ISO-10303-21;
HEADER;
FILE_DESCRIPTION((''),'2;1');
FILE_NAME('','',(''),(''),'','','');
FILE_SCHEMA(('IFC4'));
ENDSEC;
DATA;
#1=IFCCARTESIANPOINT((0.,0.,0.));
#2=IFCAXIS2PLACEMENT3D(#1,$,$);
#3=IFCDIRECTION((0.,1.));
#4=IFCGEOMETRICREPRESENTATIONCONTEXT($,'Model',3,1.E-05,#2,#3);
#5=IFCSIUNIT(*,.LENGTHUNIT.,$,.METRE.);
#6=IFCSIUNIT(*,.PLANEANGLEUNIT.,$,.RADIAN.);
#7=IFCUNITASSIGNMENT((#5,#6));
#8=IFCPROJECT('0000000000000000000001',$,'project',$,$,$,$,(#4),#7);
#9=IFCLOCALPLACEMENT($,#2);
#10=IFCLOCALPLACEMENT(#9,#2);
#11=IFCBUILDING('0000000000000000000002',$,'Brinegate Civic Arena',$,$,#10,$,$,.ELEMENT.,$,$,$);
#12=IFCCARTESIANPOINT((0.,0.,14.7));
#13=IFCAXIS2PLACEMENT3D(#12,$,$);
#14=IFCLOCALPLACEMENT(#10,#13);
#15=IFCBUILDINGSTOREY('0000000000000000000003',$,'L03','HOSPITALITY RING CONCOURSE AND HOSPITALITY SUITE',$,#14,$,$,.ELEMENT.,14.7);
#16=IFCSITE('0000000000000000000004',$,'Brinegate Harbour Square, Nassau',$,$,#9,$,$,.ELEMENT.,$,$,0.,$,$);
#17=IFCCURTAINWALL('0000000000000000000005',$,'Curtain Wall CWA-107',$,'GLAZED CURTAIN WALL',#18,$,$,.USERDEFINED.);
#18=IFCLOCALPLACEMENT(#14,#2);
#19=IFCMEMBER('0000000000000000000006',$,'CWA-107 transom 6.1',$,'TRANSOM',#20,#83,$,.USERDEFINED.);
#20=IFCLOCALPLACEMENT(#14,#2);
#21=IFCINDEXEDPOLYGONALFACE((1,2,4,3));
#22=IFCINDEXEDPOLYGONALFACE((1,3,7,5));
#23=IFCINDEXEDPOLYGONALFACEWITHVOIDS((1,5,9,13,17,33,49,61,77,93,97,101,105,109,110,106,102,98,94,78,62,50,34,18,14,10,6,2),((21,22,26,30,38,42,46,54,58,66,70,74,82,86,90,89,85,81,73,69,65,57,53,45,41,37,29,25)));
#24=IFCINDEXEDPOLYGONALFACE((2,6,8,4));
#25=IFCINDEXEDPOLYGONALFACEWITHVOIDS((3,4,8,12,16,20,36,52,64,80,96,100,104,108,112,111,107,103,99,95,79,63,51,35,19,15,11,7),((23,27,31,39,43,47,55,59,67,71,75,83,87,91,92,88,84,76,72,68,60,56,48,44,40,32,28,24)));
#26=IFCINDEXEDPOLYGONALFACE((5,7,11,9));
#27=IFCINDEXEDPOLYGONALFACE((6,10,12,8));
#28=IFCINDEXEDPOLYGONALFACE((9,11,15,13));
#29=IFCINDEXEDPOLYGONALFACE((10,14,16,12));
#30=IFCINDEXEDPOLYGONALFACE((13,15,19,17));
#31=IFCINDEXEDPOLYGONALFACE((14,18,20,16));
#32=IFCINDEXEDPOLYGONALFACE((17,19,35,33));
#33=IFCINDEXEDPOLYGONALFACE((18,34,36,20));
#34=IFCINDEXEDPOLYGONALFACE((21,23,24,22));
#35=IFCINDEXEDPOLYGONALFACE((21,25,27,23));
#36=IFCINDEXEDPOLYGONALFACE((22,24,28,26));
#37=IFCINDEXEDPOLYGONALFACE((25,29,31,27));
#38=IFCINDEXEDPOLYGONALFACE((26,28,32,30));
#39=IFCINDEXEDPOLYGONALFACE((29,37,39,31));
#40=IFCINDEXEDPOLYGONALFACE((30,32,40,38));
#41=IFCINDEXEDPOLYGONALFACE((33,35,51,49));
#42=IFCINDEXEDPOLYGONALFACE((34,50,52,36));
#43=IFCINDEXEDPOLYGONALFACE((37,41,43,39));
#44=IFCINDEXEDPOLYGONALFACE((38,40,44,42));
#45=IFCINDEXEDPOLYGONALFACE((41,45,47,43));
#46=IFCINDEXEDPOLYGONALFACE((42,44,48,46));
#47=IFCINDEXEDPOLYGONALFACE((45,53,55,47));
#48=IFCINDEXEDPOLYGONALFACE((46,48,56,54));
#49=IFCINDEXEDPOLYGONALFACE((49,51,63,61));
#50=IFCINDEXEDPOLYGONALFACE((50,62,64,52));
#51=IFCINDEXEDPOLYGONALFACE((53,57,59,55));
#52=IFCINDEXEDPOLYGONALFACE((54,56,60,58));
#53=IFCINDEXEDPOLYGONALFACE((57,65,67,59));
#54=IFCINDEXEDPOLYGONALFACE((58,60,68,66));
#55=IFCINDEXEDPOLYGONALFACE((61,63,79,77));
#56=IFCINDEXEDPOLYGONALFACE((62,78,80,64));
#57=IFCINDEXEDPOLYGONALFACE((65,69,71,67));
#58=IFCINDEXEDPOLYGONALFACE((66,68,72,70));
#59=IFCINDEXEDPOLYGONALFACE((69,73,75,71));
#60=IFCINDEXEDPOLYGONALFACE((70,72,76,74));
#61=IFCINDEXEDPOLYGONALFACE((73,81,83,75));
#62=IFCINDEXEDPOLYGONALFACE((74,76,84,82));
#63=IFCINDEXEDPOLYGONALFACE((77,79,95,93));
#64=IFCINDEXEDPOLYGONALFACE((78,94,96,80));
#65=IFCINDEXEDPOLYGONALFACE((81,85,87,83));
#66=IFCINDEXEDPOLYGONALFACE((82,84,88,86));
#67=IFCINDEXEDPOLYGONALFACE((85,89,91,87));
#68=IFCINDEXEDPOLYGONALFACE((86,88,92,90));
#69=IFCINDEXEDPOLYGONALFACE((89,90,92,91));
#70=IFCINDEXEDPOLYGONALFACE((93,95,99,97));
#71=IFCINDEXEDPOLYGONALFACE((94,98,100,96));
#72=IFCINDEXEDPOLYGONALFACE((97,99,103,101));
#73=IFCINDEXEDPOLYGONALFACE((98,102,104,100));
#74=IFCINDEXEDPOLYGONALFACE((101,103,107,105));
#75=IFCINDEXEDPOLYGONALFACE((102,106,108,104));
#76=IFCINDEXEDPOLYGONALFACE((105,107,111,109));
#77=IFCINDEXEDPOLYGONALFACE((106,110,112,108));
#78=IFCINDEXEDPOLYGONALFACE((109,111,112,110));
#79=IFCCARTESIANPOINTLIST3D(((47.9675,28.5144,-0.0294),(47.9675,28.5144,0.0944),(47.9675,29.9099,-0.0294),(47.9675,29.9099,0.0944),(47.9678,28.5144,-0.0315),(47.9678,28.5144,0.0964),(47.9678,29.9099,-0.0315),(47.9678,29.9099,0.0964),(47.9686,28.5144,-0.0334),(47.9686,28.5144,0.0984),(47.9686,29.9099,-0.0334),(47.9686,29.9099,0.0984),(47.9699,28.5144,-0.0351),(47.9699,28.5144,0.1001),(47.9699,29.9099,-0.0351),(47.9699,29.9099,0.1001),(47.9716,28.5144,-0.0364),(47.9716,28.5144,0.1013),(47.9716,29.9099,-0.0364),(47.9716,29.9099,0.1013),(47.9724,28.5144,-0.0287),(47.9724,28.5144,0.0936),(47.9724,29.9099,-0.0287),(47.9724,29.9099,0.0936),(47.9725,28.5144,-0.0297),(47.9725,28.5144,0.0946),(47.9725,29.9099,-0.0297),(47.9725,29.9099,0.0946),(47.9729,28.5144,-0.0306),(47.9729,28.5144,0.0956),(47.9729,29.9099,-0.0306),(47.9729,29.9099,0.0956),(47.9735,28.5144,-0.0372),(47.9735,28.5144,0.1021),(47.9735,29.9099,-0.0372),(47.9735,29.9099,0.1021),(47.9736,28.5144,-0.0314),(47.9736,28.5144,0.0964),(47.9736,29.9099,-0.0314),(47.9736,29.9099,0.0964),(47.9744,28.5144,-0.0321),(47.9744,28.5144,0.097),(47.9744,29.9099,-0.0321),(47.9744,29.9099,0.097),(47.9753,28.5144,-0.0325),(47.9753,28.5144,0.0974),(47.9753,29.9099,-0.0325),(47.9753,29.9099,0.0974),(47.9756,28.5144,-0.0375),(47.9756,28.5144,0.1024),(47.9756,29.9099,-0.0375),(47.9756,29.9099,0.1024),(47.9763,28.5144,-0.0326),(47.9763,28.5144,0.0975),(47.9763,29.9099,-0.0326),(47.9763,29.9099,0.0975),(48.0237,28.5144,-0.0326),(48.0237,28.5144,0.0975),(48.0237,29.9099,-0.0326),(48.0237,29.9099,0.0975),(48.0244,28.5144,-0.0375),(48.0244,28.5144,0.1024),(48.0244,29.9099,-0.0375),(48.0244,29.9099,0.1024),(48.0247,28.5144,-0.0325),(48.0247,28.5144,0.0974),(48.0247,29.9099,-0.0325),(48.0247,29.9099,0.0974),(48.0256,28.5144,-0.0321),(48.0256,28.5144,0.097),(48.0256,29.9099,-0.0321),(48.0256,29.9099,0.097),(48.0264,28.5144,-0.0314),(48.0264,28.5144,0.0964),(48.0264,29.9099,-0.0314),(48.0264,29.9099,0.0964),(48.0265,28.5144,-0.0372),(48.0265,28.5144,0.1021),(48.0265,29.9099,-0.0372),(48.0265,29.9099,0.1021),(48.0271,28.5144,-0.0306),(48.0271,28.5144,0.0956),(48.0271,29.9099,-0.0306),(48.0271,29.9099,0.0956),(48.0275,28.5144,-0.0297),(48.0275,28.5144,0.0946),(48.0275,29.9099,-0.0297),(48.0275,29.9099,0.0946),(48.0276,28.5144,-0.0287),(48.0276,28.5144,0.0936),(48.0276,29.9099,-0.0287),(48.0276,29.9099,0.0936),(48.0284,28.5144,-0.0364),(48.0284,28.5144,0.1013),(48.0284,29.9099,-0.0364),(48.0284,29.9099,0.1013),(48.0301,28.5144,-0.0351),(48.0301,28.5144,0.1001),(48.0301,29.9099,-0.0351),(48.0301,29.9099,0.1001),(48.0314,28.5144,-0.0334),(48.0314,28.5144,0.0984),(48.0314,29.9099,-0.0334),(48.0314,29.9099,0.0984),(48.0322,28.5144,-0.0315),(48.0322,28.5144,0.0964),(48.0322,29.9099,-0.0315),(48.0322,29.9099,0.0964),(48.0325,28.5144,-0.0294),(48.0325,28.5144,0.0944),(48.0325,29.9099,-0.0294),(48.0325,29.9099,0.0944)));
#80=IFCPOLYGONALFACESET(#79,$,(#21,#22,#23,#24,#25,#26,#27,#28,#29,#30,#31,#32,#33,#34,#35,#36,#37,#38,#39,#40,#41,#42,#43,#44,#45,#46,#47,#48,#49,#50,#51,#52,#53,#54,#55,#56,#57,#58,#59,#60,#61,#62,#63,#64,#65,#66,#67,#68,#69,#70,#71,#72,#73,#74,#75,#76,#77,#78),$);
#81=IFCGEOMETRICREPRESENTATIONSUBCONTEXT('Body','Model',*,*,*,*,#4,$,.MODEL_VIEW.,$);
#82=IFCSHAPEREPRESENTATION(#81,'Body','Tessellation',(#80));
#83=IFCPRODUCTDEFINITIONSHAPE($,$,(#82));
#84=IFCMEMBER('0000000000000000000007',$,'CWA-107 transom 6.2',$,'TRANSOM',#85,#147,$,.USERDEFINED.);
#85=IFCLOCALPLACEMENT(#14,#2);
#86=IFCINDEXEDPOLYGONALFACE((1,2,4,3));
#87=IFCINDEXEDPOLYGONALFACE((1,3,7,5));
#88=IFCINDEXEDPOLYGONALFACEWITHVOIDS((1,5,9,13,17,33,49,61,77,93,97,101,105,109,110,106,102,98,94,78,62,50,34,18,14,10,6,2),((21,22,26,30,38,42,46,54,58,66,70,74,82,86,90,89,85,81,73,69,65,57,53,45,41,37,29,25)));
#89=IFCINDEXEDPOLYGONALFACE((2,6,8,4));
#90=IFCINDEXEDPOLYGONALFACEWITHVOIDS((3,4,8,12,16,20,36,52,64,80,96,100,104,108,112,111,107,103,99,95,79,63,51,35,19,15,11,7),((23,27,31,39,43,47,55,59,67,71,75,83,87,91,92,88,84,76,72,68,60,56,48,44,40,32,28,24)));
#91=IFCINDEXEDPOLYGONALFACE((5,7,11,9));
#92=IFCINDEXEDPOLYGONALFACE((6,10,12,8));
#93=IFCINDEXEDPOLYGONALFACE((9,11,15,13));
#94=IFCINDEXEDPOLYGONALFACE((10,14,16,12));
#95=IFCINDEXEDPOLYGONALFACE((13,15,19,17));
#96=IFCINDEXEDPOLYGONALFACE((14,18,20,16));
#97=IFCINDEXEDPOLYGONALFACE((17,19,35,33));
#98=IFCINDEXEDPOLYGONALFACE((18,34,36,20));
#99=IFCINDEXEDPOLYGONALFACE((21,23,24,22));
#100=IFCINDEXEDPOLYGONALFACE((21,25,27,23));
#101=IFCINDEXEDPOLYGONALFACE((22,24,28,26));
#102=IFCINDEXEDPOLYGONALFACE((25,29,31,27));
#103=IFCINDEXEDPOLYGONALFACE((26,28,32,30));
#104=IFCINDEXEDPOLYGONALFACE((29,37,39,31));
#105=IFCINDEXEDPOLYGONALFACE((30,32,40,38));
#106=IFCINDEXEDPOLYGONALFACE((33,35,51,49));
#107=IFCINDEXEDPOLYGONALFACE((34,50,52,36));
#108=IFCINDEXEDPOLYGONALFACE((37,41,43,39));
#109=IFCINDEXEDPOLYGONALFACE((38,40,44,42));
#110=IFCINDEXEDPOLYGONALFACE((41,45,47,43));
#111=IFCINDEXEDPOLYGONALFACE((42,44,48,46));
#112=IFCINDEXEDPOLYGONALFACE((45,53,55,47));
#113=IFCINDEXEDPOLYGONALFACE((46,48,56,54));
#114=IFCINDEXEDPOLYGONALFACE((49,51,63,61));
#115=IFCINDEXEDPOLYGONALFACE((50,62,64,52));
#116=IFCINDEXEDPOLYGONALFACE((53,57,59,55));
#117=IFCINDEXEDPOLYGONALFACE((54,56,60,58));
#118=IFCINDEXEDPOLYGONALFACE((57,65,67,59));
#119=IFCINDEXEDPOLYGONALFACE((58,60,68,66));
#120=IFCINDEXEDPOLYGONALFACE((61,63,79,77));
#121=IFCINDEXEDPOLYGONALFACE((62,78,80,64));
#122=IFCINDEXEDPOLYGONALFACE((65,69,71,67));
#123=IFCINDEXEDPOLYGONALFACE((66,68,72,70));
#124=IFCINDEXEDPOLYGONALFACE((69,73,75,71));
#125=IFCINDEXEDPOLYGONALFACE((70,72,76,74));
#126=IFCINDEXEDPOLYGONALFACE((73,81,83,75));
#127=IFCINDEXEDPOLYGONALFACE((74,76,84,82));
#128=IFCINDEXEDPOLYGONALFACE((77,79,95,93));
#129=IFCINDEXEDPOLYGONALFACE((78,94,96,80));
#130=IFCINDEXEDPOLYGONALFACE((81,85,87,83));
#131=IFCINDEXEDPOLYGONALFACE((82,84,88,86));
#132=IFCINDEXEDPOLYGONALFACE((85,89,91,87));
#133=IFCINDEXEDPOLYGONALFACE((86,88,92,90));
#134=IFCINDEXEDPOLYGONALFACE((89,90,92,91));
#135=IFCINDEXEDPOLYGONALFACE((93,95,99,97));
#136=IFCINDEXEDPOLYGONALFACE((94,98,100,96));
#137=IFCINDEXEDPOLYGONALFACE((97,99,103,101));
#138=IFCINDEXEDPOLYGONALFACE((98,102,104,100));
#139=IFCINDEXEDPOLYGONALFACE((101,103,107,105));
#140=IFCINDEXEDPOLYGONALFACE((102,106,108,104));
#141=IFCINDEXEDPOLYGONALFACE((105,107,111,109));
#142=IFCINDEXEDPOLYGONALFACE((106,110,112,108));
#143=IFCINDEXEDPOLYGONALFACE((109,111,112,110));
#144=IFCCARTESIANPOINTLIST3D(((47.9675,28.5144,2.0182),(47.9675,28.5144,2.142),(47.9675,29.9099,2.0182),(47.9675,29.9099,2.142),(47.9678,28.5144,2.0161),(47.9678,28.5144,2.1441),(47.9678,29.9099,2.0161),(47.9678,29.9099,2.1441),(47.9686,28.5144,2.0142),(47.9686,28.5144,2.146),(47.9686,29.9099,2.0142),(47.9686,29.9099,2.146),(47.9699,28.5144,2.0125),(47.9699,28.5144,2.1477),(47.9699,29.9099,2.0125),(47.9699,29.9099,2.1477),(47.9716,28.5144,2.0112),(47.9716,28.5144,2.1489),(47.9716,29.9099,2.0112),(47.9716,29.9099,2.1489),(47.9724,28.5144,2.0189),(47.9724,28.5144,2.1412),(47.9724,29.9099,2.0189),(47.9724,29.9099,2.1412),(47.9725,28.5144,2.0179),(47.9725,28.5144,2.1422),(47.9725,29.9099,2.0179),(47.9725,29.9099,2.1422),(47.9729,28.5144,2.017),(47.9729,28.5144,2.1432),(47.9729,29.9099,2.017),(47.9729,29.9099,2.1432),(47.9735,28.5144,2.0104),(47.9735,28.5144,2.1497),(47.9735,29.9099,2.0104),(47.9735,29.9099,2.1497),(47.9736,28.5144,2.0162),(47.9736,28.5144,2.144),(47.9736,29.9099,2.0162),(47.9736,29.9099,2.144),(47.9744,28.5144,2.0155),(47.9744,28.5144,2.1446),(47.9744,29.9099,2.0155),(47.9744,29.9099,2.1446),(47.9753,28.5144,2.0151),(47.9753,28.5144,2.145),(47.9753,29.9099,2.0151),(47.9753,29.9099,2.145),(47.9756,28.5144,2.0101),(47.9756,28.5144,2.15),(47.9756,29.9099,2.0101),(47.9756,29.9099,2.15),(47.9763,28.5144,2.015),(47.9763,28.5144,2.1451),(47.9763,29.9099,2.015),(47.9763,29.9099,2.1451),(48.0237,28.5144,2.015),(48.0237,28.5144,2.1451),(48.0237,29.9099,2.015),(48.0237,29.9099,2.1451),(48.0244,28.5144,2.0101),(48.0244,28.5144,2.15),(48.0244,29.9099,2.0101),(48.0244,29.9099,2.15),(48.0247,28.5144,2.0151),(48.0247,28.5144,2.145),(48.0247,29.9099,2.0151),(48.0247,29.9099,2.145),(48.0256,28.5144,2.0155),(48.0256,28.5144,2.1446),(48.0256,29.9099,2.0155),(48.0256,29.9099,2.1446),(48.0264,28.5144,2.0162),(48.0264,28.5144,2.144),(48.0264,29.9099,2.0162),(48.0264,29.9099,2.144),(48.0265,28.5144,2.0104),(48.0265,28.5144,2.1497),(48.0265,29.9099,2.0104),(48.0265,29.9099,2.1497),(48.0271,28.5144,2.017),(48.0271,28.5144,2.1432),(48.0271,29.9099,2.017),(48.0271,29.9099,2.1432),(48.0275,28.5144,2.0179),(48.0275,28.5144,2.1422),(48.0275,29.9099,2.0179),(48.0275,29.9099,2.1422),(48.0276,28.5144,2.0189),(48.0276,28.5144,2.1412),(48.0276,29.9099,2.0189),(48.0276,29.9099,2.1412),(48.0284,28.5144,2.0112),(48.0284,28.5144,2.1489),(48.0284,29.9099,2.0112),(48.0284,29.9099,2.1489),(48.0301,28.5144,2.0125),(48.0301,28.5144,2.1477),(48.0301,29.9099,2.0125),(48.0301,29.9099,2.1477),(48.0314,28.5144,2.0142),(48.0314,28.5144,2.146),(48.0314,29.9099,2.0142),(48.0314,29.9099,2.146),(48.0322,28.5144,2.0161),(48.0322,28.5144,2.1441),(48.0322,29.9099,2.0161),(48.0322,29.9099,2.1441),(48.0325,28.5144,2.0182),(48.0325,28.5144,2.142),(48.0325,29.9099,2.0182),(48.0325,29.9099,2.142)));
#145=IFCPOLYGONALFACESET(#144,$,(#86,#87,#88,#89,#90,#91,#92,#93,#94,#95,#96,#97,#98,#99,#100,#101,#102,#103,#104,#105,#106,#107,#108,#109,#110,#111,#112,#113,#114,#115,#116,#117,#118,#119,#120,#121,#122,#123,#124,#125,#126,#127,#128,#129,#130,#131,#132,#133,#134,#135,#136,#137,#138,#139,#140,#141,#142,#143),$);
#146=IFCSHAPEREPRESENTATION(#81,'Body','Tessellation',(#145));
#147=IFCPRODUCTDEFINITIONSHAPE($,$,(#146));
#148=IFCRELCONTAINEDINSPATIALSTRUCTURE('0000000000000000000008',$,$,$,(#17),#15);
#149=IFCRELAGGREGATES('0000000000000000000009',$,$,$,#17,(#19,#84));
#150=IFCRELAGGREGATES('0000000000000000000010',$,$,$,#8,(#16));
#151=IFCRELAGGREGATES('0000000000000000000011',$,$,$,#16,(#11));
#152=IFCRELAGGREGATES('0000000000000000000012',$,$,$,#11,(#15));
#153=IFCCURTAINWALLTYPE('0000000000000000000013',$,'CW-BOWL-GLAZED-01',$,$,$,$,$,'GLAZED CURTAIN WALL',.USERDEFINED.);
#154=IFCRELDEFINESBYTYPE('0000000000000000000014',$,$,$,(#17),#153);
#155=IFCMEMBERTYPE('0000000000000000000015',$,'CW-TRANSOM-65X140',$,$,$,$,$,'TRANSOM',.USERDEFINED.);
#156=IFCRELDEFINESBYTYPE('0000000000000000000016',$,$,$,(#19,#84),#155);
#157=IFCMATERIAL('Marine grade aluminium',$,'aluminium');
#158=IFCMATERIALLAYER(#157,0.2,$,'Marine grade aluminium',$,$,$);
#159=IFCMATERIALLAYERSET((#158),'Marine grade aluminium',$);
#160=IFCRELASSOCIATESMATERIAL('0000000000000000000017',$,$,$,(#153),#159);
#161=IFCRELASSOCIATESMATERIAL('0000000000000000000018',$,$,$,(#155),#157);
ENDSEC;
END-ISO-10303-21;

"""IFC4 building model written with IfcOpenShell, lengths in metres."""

from ifc_helpers import new_model, si_unit, direction, frame, origin, origin_2d, place, context, subcontext, project, spatial, hollow_rectangle, extrude, material, layer, layer_set, material_profile, profile_set, type_object, element, aggregate, save


model = new_model("IFC4")

# Units and contexts
model_context = context("Model", 3, precision=1e-05, world=origin(), true_north=direction((0.0, 1.0)))
body_context = subcontext(model_context, "Body", "Model", "MODEL_VIEW")
ifc_project = project(units=[si_unit("LENGTHUNIT", "METRE"), si_unit("PLANEANGLEUNIT", "RADIAN")], contexts=[model_context])

# Site, building, storey
site_placement = place(None, origin())
site = spatial("IfcSite", under=ifc_project, at=site_placement, Name="Brinegate Harbour Square, Nassau", CompositionType="ELEMENT", RefElevation=0.0)
building_placement = place(site_placement, origin())
building = spatial("IfcBuilding", under=site, at=building_placement, Name="Brinegate Civic Arena", CompositionType="ELEMENT")
storey_placement = place(building_placement, frame((0.0, 0.0, 14.7)))
storey = spatial("IfcBuildingStorey", under=building, at=storey_placement, Name="L03", Description="HOSPITALITY RING CONCOURSE AND HOSPITALITY SUITE", CompositionType="ELEMENT", Elevation=14.7)

# Curtain wall, members
ifc_material_1 = material(Name="Marine grade aluminium", Category="aluminium")
ifc_layer_1 = layer(ifc_material_1, 0.2, Name="Marine grade aluminium")
ifc_layer_set_1 = layer_set([ifc_layer_1], Name="Marine grade aluminium")
curtain_wall_type = type_object("IfcCurtainWallType", Name="CW-BOWL-GLAZED-01", ElementType="GLAZED CURTAIN WALL", PredefinedType="USERDEFINED", material=ifc_layer_set_1)
curtain_wall_1_placement = place(storey_placement, origin())
curtain_wall_1 = element("IfcCurtainWall", 1, at=curtain_wall_1_placement, inside=storey, type_object=curtain_wall_type, Name="Curtain Wall CWA-107", ObjectType="GLAZED CURTAIN WALL", PredefinedType="USERDEFINED")
ifc_material_profile_1 = material_profile(ifc_material_1, hollow_rectangle(XDim=0.0649, YDim=0.1399, WallThickness=0.0049, InnerFilletRadius=0.0039, OuterFilletRadius=0.0081, at=origin_2d()), Name="TRN65X140")
ifc_profile_set_1 = profile_set([ifc_material_profile_1], Name="Marine grade aluminium")
member_type_1 = type_object("IfcMemberType", Name="CW-TRANSOM-65X140", ElementType="TRANSOM", PredefinedType="USERDEFINED", material=ifc_profile_set_1)
member_1_placement = place(storey_placement, frame((48.0, 28.5144, 0.0325), z_axis=(0.0, 1.0, 0.0), x_axis=(-1.0, 0.0, 0.0)))
member_1 = element("IfcMember", 2, at=member_1_placement, type_object=member_type_1, Name="CWA-107 transom 6.1", ObjectType="TRANSOM", PredefinedType="USERDEFINED", context=body_context, shape_type="SweptSolid", body=[
    extrude(hollow_rectangle(XDim=0.0649, YDim=0.1399, WallThickness=0.0049, InnerFilletRadius=0.0039, OuterFilletRadius=0.0081, at=origin_2d()), origin(), (0.0, 0.0, 1.0), 1.3955),
])
member_2_placement = place(storey_placement, frame((48.0, 28.5144, 2.0801), z_axis=(0.0, 1.0, 0.0), x_axis=(-1.0, 0.0, 0.0)))
member_2 = element("IfcMember", 3, at=member_2_placement, type_object=member_type_1, Name="CWA-107 transom 6.2", ObjectType="TRANSOM", PredefinedType="USERDEFINED", context=body_context, shape_type="SweptSolid", body=[
    extrude(hollow_rectangle(XDim=0.0649, YDim=0.1399, WallThickness=0.0049, InnerFilletRadius=0.0039, OuterFilletRadius=0.0081, at=origin_2d()), origin(), (0.0, 0.0, 1.0), 1.3955),
])

aggregate(curtain_wall_1, [member_1, member_2])

save(model, "model.ifc")
